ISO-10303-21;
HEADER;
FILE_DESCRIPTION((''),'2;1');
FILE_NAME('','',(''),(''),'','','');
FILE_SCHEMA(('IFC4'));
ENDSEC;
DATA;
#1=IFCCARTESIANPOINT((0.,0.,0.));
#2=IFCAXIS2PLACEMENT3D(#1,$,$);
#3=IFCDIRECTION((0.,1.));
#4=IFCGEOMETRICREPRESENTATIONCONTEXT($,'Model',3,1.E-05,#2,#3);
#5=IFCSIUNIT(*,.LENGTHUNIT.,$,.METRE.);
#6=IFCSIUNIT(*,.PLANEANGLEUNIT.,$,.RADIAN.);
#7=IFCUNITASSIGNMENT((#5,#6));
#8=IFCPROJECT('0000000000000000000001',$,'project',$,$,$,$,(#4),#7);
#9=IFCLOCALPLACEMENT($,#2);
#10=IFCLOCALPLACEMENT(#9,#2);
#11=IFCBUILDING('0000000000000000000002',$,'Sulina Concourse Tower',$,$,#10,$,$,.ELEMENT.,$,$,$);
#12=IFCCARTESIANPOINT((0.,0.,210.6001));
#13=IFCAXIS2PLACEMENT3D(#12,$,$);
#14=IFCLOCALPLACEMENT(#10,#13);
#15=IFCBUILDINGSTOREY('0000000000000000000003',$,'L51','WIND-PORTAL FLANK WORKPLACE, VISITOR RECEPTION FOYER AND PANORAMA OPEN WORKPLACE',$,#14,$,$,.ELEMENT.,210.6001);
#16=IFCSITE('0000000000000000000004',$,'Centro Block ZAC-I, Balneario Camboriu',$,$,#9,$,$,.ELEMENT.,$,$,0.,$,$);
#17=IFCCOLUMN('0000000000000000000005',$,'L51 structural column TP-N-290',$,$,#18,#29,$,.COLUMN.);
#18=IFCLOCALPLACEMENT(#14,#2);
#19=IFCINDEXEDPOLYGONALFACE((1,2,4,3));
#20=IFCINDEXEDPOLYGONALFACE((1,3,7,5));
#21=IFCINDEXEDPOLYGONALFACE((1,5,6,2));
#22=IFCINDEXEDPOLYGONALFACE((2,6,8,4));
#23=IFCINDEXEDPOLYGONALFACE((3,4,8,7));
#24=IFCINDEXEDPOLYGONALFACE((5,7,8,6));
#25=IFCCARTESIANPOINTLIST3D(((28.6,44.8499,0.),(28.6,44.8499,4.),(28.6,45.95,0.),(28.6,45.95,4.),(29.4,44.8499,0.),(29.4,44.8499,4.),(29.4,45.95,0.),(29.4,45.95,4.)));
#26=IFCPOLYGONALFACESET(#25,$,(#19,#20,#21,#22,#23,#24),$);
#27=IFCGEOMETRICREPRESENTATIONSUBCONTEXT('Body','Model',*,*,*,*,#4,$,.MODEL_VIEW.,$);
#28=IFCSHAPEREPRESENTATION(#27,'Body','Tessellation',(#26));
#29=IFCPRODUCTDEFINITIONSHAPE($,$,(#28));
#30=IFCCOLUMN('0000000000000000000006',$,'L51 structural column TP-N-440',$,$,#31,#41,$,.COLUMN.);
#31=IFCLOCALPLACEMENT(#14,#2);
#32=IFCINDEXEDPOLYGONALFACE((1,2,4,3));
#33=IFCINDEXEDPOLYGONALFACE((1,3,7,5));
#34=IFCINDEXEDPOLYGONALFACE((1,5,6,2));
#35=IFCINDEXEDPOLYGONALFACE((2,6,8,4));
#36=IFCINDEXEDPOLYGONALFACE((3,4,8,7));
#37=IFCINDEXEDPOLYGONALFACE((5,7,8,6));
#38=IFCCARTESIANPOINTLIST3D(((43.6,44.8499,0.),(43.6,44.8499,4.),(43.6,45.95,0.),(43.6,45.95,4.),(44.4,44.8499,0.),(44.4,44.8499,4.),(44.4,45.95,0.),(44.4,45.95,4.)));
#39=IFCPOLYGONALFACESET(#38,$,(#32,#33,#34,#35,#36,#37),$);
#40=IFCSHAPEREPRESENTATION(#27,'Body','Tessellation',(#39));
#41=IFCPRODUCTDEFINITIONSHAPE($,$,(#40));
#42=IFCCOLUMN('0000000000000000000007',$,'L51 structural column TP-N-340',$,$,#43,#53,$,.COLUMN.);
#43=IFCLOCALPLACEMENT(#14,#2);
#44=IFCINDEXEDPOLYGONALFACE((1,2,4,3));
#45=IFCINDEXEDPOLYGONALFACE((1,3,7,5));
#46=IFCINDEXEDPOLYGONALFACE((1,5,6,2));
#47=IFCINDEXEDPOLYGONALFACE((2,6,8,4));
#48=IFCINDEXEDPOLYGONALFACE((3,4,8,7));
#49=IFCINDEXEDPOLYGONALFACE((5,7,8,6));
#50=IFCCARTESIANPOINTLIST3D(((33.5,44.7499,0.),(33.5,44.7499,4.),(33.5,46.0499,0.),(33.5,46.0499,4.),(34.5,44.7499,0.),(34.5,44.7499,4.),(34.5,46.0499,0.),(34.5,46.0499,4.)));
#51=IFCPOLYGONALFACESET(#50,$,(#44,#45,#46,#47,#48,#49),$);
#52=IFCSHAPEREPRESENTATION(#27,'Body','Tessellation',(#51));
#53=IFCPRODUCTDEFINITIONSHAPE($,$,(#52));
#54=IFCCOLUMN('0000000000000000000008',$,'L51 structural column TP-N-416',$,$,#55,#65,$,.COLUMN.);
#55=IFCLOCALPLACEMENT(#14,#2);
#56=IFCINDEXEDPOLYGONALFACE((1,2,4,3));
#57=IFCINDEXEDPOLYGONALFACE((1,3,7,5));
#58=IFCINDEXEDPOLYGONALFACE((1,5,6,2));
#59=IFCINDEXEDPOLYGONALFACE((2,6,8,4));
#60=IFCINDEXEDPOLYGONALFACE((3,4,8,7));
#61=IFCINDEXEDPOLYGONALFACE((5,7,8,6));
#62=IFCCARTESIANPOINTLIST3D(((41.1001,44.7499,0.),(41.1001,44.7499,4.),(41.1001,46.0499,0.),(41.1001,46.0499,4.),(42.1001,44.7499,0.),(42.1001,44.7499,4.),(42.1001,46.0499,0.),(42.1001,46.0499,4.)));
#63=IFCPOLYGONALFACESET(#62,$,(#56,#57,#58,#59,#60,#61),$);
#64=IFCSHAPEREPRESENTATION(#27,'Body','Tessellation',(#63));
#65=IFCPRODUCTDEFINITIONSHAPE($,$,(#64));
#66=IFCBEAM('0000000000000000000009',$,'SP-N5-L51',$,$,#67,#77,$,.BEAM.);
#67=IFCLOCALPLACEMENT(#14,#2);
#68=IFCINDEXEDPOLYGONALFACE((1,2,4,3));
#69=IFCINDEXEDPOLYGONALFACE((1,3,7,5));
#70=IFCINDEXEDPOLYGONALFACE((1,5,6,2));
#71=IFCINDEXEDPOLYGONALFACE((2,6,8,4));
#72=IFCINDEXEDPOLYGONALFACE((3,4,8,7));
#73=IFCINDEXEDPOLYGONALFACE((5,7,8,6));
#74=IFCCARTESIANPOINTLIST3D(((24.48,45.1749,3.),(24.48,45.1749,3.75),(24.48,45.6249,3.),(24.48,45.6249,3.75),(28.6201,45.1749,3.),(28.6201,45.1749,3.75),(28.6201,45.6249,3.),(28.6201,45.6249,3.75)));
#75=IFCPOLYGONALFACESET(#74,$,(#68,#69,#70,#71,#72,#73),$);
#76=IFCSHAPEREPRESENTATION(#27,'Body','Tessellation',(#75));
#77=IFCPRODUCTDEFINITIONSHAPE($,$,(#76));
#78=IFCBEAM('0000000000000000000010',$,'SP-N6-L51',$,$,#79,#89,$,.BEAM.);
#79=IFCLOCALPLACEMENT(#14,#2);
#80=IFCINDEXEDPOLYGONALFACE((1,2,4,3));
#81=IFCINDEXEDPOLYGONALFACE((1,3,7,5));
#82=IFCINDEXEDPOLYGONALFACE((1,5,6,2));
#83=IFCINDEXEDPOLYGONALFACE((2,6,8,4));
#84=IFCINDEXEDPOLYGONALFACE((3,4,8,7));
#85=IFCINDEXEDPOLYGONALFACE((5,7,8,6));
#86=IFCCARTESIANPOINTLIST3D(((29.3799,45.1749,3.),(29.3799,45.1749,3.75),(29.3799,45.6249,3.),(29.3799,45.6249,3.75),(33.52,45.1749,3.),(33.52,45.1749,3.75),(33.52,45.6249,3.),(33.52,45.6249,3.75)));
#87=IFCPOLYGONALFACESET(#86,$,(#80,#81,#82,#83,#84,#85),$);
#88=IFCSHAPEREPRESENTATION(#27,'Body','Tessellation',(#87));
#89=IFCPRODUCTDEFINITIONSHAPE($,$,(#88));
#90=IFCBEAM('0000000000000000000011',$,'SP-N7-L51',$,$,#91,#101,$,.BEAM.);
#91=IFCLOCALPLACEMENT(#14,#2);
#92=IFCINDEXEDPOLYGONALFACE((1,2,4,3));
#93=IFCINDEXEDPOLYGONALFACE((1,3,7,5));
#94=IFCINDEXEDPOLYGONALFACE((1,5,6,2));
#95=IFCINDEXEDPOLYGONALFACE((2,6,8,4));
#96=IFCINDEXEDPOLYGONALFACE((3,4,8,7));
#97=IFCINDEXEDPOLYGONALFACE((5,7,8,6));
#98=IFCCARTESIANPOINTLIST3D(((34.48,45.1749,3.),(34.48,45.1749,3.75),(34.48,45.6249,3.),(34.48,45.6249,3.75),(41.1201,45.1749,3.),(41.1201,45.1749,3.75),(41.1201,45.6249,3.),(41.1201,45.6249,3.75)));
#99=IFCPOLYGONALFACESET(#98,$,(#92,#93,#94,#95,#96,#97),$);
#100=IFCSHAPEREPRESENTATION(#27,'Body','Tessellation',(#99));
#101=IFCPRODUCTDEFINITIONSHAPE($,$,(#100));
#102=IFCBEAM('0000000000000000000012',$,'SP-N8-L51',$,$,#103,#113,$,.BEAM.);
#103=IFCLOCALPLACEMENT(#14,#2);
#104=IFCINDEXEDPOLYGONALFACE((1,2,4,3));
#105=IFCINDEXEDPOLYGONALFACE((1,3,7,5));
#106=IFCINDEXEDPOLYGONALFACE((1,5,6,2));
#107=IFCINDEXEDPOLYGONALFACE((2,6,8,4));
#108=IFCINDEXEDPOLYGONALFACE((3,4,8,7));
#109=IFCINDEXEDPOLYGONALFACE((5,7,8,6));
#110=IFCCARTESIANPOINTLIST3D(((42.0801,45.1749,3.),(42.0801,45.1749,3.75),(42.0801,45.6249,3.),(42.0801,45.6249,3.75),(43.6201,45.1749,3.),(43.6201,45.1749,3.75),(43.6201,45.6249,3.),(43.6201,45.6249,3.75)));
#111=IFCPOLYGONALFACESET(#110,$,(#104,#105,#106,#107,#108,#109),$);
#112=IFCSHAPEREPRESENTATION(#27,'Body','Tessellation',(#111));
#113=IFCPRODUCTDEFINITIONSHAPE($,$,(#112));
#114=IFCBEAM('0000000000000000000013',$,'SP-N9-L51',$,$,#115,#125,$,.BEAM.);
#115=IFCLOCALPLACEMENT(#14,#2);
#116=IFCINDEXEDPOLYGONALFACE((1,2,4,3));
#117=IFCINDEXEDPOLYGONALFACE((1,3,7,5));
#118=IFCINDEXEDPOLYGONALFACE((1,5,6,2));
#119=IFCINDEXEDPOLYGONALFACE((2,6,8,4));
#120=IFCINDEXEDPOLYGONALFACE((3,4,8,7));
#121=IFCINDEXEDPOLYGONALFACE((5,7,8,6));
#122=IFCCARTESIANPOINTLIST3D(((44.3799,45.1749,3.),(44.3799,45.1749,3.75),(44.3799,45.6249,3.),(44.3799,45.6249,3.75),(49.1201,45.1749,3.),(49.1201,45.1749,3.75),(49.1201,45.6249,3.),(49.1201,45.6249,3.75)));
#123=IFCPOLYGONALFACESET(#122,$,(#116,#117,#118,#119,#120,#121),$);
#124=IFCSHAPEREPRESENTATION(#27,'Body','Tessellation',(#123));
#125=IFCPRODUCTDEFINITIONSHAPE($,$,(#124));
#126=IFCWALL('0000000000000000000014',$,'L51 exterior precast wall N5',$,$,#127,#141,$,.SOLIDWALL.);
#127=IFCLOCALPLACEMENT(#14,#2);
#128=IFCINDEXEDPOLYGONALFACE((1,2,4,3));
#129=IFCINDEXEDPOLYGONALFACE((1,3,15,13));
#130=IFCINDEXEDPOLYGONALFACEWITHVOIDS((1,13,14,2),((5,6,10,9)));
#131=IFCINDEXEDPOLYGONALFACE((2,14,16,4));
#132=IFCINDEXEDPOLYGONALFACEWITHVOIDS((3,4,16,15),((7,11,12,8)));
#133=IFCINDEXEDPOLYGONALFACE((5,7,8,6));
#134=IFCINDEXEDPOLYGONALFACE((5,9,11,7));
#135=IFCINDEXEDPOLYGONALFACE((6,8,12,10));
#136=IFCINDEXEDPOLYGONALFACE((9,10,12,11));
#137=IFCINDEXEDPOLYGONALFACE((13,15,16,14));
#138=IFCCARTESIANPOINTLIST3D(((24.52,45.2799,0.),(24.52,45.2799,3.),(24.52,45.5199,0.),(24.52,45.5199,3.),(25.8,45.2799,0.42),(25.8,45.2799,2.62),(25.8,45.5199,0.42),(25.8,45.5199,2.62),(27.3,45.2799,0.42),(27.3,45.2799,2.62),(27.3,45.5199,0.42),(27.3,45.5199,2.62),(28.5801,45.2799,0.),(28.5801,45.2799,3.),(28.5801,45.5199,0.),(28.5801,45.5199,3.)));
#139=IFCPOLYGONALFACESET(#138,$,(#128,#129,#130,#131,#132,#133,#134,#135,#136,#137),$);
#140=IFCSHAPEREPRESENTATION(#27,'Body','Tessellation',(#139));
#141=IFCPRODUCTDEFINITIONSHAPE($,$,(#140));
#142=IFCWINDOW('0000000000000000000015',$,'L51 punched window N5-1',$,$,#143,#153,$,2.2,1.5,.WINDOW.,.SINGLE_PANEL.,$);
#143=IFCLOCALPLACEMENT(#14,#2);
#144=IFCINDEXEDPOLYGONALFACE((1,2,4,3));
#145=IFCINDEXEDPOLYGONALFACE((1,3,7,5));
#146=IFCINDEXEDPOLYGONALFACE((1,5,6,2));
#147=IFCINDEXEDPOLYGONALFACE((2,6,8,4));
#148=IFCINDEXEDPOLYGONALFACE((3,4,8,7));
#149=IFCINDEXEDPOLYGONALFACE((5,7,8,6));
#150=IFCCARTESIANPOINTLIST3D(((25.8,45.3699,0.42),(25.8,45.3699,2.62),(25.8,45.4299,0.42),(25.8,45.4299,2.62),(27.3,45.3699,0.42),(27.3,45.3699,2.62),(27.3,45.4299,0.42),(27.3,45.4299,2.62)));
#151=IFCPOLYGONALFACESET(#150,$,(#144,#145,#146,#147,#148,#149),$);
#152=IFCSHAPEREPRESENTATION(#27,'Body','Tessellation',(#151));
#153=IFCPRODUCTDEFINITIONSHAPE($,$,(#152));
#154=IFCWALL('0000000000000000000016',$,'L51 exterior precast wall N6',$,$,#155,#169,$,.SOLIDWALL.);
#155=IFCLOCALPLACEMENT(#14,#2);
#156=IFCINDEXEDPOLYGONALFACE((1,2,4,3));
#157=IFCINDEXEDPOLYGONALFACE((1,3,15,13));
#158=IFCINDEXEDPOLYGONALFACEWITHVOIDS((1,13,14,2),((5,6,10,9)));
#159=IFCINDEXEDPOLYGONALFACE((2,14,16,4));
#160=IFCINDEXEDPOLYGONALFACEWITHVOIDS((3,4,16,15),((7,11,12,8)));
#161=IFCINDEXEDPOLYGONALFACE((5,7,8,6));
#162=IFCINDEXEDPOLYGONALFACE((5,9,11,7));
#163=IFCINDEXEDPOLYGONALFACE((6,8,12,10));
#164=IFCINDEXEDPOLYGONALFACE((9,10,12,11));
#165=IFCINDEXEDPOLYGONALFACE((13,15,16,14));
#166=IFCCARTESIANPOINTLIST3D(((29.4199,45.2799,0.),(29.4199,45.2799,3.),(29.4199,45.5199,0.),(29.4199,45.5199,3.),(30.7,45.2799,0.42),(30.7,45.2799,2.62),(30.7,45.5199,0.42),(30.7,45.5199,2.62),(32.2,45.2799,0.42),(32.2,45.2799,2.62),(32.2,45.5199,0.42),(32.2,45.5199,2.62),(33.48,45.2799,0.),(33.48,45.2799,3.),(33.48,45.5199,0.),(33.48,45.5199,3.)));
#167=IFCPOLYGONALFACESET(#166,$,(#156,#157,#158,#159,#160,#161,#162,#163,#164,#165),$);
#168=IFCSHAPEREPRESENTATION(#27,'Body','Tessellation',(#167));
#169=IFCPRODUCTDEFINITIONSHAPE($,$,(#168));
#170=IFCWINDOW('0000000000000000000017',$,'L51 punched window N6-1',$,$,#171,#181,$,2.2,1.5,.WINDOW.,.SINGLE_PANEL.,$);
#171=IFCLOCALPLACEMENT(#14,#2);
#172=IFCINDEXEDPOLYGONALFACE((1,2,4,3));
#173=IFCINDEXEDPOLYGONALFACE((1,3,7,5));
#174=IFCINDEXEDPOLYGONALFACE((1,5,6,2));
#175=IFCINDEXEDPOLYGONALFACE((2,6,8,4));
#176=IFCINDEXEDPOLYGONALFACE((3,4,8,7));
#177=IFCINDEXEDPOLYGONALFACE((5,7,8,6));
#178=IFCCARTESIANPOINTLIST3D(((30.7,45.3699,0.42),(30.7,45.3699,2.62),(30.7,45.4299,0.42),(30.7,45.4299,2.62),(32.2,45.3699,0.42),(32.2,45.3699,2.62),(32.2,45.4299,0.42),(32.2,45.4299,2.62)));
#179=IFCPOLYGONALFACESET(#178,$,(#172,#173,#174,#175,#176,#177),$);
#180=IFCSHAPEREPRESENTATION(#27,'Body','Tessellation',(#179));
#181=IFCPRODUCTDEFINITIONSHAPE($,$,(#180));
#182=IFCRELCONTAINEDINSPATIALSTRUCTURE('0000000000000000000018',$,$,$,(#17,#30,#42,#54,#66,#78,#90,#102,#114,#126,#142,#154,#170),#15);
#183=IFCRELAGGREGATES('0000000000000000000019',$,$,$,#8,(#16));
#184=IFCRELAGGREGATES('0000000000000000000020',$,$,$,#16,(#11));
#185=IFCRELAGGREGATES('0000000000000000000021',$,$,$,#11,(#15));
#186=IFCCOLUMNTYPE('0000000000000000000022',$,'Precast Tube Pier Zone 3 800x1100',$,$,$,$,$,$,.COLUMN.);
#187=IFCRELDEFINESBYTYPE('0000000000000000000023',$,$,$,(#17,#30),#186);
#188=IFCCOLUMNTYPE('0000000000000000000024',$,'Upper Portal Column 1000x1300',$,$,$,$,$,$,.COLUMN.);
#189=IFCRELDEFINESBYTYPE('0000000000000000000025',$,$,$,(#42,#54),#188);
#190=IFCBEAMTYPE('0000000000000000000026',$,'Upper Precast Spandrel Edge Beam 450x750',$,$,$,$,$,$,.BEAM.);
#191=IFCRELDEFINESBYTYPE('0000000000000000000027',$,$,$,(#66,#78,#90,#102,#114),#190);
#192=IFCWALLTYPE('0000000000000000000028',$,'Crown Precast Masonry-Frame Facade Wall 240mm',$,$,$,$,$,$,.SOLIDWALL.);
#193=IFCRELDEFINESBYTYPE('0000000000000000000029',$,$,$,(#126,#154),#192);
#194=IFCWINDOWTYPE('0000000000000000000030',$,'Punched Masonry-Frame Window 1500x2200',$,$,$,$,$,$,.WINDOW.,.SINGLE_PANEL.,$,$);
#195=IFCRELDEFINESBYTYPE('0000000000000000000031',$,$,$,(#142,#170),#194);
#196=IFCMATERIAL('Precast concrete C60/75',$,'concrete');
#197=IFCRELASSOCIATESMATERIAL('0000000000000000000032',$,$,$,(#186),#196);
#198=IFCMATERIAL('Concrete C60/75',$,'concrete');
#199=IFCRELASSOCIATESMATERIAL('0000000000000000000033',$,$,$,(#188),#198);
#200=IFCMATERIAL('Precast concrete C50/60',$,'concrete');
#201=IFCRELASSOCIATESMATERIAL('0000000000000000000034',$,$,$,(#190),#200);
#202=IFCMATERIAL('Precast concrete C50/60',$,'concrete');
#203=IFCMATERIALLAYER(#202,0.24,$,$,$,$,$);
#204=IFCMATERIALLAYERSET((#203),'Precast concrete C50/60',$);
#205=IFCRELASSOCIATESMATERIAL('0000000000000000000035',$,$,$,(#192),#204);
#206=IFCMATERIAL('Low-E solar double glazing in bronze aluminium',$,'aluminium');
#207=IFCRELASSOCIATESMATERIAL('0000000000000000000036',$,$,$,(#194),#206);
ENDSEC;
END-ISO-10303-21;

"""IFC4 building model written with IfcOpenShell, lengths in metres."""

from ifc_helpers import new_model, si_unit, direction, frame, frame_2d, origin, origin_2d, place, context, subcontext, project, spatial, rectangle, extrude, material, layer, layer_set, material_profile, profile_set, type_object, element, fill, save


model = new_model("IFC4")

# Units and contexts
model_context = context("Model", 3, precision=1e-05, world=origin(), true_north=direction((0.0, 1.0)))
body_context = subcontext(model_context, "Body", "Model", "MODEL_VIEW")
ifc_project = project(units=[si_unit("LENGTHUNIT", "METRE"), si_unit("PLANEANGLEUNIT", "RADIAN")], contexts=[model_context])

# Site, building, storey
site_placement = place(None, origin())
site = spatial("IfcSite", under=ifc_project, at=site_placement, Name="Centro Block ZAC-I, Balneario Camboriu", CompositionType="ELEMENT", RefElevation=0.0)
building_placement = place(site_placement, origin())
building = spatial("IfcBuilding", under=site, at=building_placement, Name="Sulina Concourse Tower", CompositionType="ELEMENT")
storey_placement = place(building_placement, frame((0.0, 0.0, 210.6001)))
storey = spatial("IfcBuildingStorey", under=building, at=storey_placement, Name="L51", Description="WIND-PORTAL FLANK WORKPLACE, VISITOR RECEPTION FOYER AND PANORAMA OPEN WORKPLACE", CompositionType="ELEMENT", Elevation=210.6001)

# Columns
ifc_material_1 = material(Name="Precast concrete C60/75", Category="concrete")
ifc_material_profile_1 = material_profile(ifc_material_1, rectangle(XDim=0.8, YDim=1.1001, at=origin_2d()), Name="PC 800x1100")
ifc_profile_set_1 = profile_set([ifc_material_profile_1], Name="Precast concrete C60/75")
column_type_1 = type_object("IfcColumnType", Name="Precast Tube Pier Zone 3 800x1100", PredefinedType="COLUMN", material=ifc_profile_set_1)
for number, where, z_axis, x_axis, name in (
    (1, (29.0, 45.3999, 0.0), (0.0, 0.0, 1.0), (1.0, 0.0, 0.0), "L51 structural column TP-N-290"),
    (2, (44.0, 45.3999, 0.0), (0.0, 0.0, 1.0), (1.0, 0.0, 0.0), "L51 structural column TP-N-440"),
):
    element("IfcColumn", number, at=place(storey_placement, frame(where, z_axis=z_axis, x_axis=x_axis)), inside=storey, type_object=column_type_1, Name=name, PredefinedType="COLUMN", context=body_context, shape_type="SweptSolid", body=[
        extrude(rectangle(XDim=0.8, YDim=1.1001, at=origin_2d()), origin(), (0.0, 0.0, 1.0), 4.0),
    ])
ifc_material_2 = material(Name="Concrete C60/75", Category="concrete")
ifc_material_profile_2 = material_profile(ifc_material_2, rectangle(XDim=1.0, YDim=1.3, at=origin_2d()), Name="RC 1000x1300")
ifc_profile_set_2 = profile_set([ifc_material_profile_2], Name="Concrete C60/75")
column_type_2 = type_object("IfcColumnType", Name="Upper Portal Column 1000x1300", PredefinedType="COLUMN", material=ifc_profile_set_2)
for number, where, z_axis, x_axis, name in (
    (3, (34.0, 45.3999, 0.0), (0.0, 0.0, 1.0), (1.0, 0.0, 0.0), "L51 structural column TP-N-340"),
    (4, (41.6001, 45.3999, 0.0), (0.0, 0.0, 1.0), (1.0, 0.0, 0.0), "L51 structural column TP-N-416"),
):
    element("IfcColumn", number, at=place(storey_placement, frame(where, z_axis=z_axis, x_axis=x_axis)), inside=storey, type_object=column_type_2, Name=name, PredefinedType="COLUMN", context=body_context, shape_type="SweptSolid", body=[
        extrude(rectangle(XDim=1.0, YDim=1.3, at=origin_2d()), origin(), (0.0, 0.0, 1.0), 4.0),
    ])

# Beams
ifc_material_3 = material(Name="Precast concrete C50/60", Category="concrete")
ifc_material_profile_3 = material_profile(ifc_material_3, rectangle(XDim=0.45, YDim=0.75, at=origin_2d()), Name="RC 450x750")
ifc_profile_set_3 = profile_set([ifc_material_profile_3], Name="Precast concrete C50/60")
beam_type = type_object("IfcBeamType", Name="Upper Precast Spandrel Edge Beam 450x750", PredefinedType="BEAM", material=ifc_profile_set_3)
for number, where, z_axis, x_axis, name in (
    (5, (24.48, 45.3999, 3.375), (1.0, 0.0, 0.0), (0.0, 1.0, 0.0), "SP-N5-L51"),
    (6, (29.3799, 45.3999, 3.375), (1.0, 0.0, 0.0), (0.0, 1.0, 0.0), "SP-N6-L51"),
):
    element("IfcBeam", number, at=place(storey_placement, frame(where, z_axis=z_axis, x_axis=x_axis)), inside=storey, type_object=beam_type, Name=name, PredefinedType="BEAM", context=body_context, shape_type="SweptSolid", body=[
        extrude(rectangle(XDim=0.45, YDim=0.75, at=origin_2d()), origin(), (0.0, 0.0, 1.0), 4.1401),
    ])
beam_1_placement = place(storey_placement, frame((34.48, 45.3999, 3.375), z_axis=(1.0, 0.0, 0.0), x_axis=(0.0, 1.0, 0.0)))
element("IfcBeam", 7, at=beam_1_placement, inside=storey, type_object=beam_type, Name="SP-N7-L51", PredefinedType="BEAM", context=body_context, shape_type="SweptSolid", body=[
    extrude(rectangle(XDim=0.45, YDim=0.75, at=origin_2d()), origin(), (0.0, 0.0, 1.0), 6.6401),
])
beam_2_placement = place(storey_placement, frame((42.0801, 45.3999, 3.375), z_axis=(1.0, 0.0, 0.0), x_axis=(0.0, 1.0, 0.0)))
element("IfcBeam", 8, at=beam_2_placement, inside=storey, type_object=beam_type, Name="SP-N8-L51", PredefinedType="BEAM", context=body_context, shape_type="SweptSolid", body=[
    extrude(rectangle(XDim=0.45, YDim=0.75, at=origin_2d()), origin(), (0.0, 0.0, 1.0), 1.54),
])
beam_3_placement = place(storey_placement, frame((44.3799, 45.3999, 3.375), z_axis=(1.0, 0.0, 0.0), x_axis=(0.0, 1.0, 0.0)))
element("IfcBeam", 9, at=beam_3_placement, inside=storey, type_object=beam_type, Name="SP-N9-L51", PredefinedType="BEAM", context=body_context, shape_type="SweptSolid", body=[
    extrude(rectangle(XDim=0.45, YDim=0.75, at=origin_2d()), origin(), (0.0, 0.0, 1.0), 4.7402),
])

# Walls, openings, windows
ifc_material_4 = material(Name="Precast concrete C50/60", Category="concrete")
ifc_layer_1 = layer(ifc_material_4, 0.24)
ifc_layer_set_1 = layer_set([ifc_layer_1], Name="Precast concrete C50/60")
wall_type_1 = type_object("IfcWallType", Name="Crown Precast Masonry-Frame Facade Wall 240mm", PredefinedType="SOLIDWALL", material=ifc_layer_set_1)
wall_1_placement = place(storey_placement, frame((24.52, 45.3999, 0.0), z_axis=(0.0, 0.0, 1.0), x_axis=(1.0, 0.0, 0.0)))
wall_1 = element("IfcWall", 10, at=wall_1_placement, inside=storey, type_object=wall_type_1, Name="L51 exterior precast wall N5", PredefinedType="SOLIDWALL", context=body_context, shape_type="SweptSolid", body=[
    extrude(rectangle(XDim=4.0601, YDim=0.24, at=frame_2d((2.03, 0.0))), origin(), (0.0, 0.0, 1.0), 3.0),
])
opening_1_placement = place(wall_1_placement, frame((1.28, 0.0, 0.4199)))
opening_1 = element("IfcOpeningElement", 11, at=opening_1_placement, cuts=wall_1, PredefinedType="OPENING", context=body_context, shape_type="SweptSolid", body=[
    extrude(rectangle(XDim=1.5, YDim=2.2, at=frame_2d((0.75, 1.1001))), frame((0.0, 0.1299, 0.0), z_axis=(0.0, -1.0, 0.0), x_axis=(1.0, 0.0, 0.0)), (0.0, 0.0, 1.0), 0.26),
])
ifc_material_5 = material(Name="Low-E solar double glazing in bronze aluminium", Category="aluminium")
window_type = type_object("IfcWindowType", Name="Punched Masonry-Frame Window 1500x2200", PartitioningType="SINGLE_PANEL", PredefinedType="WINDOW", material=ifc_material_5)
window_1_placement = place(opening_1_placement, origin())
window_1 = element("IfcWindow", 12, at=window_1_placement, inside=storey, type_object=window_type, Name="L51 punched window N5-1", OverallHeight=2.2, OverallWidth=1.5, PartitioningType="SINGLE_PANEL", PredefinedType="WINDOW", context=body_context, shape_type="SweptSolid", body=[
    extrude(rectangle(XDim=1.5, YDim=2.2, at=frame_2d((0.75, 1.1001))), frame((0.0, 0.03, 0.0), z_axis=(0.0, -1.0, 0.0), x_axis=(1.0, 0.0, 0.0)), (0.0, 0.0, 1.0), 0.0601),
])
fill(opening_1, window_1)
wall_2_placement = place(storey_placement, frame((29.4199, 45.3999, 0.0), z_axis=(0.0, 0.0, 1.0), x_axis=(1.0, 0.0, 0.0)))
wall_2 = element("IfcWall", 13, at=wall_2_placement, inside=storey, type_object=wall_type_1, Name="L51 exterior precast wall N6", PredefinedType="SOLIDWALL", context=body_context, shape_type="SweptSolid", body=[
    extrude(rectangle(XDim=4.0601, YDim=0.24, at=frame_2d((2.03, 0.0))), origin(), (0.0, 0.0, 1.0), 3.0),
])
opening_2_placement = place(wall_2_placement, frame((1.28, 0.0, 0.4199)))
opening_2 = element("IfcOpeningElement", 14, at=opening_2_placement, cuts=wall_2, PredefinedType="OPENING", context=body_context, shape_type="SweptSolid", body=[
    extrude(rectangle(XDim=1.5, YDim=2.2, at=frame_2d((0.75, 1.1001))), frame((0.0, 0.1299, 0.0), z_axis=(0.0, -1.0, 0.0), x_axis=(1.0, 0.0, 0.0)), (0.0, 0.0, 1.0), 0.26),
])
window_2_placement = place(opening_2_placement, origin())
window_2 = element("IfcWindow", 15, at=window_2_placement, inside=storey, type_object=window_type, Name="L51 punched window N6-1", OverallHeight=2.2, OverallWidth=1.5, PartitioningType="SINGLE_PANEL", PredefinedType="WINDOW", context=body_context, shape_type="SweptSolid", body=[
    extrude(rectangle(XDim=1.5, YDim=2.2, at=frame_2d((0.75, 1.1001))), frame((0.0, 0.03, 0.0), z_axis=(0.0, -1.0, 0.0), x_axis=(1.0, 0.0, 0.0)), (0.0, 0.0, 1.0), 0.0601),
])
fill(opening_2, window_2)

save(model, "model.ifc")
